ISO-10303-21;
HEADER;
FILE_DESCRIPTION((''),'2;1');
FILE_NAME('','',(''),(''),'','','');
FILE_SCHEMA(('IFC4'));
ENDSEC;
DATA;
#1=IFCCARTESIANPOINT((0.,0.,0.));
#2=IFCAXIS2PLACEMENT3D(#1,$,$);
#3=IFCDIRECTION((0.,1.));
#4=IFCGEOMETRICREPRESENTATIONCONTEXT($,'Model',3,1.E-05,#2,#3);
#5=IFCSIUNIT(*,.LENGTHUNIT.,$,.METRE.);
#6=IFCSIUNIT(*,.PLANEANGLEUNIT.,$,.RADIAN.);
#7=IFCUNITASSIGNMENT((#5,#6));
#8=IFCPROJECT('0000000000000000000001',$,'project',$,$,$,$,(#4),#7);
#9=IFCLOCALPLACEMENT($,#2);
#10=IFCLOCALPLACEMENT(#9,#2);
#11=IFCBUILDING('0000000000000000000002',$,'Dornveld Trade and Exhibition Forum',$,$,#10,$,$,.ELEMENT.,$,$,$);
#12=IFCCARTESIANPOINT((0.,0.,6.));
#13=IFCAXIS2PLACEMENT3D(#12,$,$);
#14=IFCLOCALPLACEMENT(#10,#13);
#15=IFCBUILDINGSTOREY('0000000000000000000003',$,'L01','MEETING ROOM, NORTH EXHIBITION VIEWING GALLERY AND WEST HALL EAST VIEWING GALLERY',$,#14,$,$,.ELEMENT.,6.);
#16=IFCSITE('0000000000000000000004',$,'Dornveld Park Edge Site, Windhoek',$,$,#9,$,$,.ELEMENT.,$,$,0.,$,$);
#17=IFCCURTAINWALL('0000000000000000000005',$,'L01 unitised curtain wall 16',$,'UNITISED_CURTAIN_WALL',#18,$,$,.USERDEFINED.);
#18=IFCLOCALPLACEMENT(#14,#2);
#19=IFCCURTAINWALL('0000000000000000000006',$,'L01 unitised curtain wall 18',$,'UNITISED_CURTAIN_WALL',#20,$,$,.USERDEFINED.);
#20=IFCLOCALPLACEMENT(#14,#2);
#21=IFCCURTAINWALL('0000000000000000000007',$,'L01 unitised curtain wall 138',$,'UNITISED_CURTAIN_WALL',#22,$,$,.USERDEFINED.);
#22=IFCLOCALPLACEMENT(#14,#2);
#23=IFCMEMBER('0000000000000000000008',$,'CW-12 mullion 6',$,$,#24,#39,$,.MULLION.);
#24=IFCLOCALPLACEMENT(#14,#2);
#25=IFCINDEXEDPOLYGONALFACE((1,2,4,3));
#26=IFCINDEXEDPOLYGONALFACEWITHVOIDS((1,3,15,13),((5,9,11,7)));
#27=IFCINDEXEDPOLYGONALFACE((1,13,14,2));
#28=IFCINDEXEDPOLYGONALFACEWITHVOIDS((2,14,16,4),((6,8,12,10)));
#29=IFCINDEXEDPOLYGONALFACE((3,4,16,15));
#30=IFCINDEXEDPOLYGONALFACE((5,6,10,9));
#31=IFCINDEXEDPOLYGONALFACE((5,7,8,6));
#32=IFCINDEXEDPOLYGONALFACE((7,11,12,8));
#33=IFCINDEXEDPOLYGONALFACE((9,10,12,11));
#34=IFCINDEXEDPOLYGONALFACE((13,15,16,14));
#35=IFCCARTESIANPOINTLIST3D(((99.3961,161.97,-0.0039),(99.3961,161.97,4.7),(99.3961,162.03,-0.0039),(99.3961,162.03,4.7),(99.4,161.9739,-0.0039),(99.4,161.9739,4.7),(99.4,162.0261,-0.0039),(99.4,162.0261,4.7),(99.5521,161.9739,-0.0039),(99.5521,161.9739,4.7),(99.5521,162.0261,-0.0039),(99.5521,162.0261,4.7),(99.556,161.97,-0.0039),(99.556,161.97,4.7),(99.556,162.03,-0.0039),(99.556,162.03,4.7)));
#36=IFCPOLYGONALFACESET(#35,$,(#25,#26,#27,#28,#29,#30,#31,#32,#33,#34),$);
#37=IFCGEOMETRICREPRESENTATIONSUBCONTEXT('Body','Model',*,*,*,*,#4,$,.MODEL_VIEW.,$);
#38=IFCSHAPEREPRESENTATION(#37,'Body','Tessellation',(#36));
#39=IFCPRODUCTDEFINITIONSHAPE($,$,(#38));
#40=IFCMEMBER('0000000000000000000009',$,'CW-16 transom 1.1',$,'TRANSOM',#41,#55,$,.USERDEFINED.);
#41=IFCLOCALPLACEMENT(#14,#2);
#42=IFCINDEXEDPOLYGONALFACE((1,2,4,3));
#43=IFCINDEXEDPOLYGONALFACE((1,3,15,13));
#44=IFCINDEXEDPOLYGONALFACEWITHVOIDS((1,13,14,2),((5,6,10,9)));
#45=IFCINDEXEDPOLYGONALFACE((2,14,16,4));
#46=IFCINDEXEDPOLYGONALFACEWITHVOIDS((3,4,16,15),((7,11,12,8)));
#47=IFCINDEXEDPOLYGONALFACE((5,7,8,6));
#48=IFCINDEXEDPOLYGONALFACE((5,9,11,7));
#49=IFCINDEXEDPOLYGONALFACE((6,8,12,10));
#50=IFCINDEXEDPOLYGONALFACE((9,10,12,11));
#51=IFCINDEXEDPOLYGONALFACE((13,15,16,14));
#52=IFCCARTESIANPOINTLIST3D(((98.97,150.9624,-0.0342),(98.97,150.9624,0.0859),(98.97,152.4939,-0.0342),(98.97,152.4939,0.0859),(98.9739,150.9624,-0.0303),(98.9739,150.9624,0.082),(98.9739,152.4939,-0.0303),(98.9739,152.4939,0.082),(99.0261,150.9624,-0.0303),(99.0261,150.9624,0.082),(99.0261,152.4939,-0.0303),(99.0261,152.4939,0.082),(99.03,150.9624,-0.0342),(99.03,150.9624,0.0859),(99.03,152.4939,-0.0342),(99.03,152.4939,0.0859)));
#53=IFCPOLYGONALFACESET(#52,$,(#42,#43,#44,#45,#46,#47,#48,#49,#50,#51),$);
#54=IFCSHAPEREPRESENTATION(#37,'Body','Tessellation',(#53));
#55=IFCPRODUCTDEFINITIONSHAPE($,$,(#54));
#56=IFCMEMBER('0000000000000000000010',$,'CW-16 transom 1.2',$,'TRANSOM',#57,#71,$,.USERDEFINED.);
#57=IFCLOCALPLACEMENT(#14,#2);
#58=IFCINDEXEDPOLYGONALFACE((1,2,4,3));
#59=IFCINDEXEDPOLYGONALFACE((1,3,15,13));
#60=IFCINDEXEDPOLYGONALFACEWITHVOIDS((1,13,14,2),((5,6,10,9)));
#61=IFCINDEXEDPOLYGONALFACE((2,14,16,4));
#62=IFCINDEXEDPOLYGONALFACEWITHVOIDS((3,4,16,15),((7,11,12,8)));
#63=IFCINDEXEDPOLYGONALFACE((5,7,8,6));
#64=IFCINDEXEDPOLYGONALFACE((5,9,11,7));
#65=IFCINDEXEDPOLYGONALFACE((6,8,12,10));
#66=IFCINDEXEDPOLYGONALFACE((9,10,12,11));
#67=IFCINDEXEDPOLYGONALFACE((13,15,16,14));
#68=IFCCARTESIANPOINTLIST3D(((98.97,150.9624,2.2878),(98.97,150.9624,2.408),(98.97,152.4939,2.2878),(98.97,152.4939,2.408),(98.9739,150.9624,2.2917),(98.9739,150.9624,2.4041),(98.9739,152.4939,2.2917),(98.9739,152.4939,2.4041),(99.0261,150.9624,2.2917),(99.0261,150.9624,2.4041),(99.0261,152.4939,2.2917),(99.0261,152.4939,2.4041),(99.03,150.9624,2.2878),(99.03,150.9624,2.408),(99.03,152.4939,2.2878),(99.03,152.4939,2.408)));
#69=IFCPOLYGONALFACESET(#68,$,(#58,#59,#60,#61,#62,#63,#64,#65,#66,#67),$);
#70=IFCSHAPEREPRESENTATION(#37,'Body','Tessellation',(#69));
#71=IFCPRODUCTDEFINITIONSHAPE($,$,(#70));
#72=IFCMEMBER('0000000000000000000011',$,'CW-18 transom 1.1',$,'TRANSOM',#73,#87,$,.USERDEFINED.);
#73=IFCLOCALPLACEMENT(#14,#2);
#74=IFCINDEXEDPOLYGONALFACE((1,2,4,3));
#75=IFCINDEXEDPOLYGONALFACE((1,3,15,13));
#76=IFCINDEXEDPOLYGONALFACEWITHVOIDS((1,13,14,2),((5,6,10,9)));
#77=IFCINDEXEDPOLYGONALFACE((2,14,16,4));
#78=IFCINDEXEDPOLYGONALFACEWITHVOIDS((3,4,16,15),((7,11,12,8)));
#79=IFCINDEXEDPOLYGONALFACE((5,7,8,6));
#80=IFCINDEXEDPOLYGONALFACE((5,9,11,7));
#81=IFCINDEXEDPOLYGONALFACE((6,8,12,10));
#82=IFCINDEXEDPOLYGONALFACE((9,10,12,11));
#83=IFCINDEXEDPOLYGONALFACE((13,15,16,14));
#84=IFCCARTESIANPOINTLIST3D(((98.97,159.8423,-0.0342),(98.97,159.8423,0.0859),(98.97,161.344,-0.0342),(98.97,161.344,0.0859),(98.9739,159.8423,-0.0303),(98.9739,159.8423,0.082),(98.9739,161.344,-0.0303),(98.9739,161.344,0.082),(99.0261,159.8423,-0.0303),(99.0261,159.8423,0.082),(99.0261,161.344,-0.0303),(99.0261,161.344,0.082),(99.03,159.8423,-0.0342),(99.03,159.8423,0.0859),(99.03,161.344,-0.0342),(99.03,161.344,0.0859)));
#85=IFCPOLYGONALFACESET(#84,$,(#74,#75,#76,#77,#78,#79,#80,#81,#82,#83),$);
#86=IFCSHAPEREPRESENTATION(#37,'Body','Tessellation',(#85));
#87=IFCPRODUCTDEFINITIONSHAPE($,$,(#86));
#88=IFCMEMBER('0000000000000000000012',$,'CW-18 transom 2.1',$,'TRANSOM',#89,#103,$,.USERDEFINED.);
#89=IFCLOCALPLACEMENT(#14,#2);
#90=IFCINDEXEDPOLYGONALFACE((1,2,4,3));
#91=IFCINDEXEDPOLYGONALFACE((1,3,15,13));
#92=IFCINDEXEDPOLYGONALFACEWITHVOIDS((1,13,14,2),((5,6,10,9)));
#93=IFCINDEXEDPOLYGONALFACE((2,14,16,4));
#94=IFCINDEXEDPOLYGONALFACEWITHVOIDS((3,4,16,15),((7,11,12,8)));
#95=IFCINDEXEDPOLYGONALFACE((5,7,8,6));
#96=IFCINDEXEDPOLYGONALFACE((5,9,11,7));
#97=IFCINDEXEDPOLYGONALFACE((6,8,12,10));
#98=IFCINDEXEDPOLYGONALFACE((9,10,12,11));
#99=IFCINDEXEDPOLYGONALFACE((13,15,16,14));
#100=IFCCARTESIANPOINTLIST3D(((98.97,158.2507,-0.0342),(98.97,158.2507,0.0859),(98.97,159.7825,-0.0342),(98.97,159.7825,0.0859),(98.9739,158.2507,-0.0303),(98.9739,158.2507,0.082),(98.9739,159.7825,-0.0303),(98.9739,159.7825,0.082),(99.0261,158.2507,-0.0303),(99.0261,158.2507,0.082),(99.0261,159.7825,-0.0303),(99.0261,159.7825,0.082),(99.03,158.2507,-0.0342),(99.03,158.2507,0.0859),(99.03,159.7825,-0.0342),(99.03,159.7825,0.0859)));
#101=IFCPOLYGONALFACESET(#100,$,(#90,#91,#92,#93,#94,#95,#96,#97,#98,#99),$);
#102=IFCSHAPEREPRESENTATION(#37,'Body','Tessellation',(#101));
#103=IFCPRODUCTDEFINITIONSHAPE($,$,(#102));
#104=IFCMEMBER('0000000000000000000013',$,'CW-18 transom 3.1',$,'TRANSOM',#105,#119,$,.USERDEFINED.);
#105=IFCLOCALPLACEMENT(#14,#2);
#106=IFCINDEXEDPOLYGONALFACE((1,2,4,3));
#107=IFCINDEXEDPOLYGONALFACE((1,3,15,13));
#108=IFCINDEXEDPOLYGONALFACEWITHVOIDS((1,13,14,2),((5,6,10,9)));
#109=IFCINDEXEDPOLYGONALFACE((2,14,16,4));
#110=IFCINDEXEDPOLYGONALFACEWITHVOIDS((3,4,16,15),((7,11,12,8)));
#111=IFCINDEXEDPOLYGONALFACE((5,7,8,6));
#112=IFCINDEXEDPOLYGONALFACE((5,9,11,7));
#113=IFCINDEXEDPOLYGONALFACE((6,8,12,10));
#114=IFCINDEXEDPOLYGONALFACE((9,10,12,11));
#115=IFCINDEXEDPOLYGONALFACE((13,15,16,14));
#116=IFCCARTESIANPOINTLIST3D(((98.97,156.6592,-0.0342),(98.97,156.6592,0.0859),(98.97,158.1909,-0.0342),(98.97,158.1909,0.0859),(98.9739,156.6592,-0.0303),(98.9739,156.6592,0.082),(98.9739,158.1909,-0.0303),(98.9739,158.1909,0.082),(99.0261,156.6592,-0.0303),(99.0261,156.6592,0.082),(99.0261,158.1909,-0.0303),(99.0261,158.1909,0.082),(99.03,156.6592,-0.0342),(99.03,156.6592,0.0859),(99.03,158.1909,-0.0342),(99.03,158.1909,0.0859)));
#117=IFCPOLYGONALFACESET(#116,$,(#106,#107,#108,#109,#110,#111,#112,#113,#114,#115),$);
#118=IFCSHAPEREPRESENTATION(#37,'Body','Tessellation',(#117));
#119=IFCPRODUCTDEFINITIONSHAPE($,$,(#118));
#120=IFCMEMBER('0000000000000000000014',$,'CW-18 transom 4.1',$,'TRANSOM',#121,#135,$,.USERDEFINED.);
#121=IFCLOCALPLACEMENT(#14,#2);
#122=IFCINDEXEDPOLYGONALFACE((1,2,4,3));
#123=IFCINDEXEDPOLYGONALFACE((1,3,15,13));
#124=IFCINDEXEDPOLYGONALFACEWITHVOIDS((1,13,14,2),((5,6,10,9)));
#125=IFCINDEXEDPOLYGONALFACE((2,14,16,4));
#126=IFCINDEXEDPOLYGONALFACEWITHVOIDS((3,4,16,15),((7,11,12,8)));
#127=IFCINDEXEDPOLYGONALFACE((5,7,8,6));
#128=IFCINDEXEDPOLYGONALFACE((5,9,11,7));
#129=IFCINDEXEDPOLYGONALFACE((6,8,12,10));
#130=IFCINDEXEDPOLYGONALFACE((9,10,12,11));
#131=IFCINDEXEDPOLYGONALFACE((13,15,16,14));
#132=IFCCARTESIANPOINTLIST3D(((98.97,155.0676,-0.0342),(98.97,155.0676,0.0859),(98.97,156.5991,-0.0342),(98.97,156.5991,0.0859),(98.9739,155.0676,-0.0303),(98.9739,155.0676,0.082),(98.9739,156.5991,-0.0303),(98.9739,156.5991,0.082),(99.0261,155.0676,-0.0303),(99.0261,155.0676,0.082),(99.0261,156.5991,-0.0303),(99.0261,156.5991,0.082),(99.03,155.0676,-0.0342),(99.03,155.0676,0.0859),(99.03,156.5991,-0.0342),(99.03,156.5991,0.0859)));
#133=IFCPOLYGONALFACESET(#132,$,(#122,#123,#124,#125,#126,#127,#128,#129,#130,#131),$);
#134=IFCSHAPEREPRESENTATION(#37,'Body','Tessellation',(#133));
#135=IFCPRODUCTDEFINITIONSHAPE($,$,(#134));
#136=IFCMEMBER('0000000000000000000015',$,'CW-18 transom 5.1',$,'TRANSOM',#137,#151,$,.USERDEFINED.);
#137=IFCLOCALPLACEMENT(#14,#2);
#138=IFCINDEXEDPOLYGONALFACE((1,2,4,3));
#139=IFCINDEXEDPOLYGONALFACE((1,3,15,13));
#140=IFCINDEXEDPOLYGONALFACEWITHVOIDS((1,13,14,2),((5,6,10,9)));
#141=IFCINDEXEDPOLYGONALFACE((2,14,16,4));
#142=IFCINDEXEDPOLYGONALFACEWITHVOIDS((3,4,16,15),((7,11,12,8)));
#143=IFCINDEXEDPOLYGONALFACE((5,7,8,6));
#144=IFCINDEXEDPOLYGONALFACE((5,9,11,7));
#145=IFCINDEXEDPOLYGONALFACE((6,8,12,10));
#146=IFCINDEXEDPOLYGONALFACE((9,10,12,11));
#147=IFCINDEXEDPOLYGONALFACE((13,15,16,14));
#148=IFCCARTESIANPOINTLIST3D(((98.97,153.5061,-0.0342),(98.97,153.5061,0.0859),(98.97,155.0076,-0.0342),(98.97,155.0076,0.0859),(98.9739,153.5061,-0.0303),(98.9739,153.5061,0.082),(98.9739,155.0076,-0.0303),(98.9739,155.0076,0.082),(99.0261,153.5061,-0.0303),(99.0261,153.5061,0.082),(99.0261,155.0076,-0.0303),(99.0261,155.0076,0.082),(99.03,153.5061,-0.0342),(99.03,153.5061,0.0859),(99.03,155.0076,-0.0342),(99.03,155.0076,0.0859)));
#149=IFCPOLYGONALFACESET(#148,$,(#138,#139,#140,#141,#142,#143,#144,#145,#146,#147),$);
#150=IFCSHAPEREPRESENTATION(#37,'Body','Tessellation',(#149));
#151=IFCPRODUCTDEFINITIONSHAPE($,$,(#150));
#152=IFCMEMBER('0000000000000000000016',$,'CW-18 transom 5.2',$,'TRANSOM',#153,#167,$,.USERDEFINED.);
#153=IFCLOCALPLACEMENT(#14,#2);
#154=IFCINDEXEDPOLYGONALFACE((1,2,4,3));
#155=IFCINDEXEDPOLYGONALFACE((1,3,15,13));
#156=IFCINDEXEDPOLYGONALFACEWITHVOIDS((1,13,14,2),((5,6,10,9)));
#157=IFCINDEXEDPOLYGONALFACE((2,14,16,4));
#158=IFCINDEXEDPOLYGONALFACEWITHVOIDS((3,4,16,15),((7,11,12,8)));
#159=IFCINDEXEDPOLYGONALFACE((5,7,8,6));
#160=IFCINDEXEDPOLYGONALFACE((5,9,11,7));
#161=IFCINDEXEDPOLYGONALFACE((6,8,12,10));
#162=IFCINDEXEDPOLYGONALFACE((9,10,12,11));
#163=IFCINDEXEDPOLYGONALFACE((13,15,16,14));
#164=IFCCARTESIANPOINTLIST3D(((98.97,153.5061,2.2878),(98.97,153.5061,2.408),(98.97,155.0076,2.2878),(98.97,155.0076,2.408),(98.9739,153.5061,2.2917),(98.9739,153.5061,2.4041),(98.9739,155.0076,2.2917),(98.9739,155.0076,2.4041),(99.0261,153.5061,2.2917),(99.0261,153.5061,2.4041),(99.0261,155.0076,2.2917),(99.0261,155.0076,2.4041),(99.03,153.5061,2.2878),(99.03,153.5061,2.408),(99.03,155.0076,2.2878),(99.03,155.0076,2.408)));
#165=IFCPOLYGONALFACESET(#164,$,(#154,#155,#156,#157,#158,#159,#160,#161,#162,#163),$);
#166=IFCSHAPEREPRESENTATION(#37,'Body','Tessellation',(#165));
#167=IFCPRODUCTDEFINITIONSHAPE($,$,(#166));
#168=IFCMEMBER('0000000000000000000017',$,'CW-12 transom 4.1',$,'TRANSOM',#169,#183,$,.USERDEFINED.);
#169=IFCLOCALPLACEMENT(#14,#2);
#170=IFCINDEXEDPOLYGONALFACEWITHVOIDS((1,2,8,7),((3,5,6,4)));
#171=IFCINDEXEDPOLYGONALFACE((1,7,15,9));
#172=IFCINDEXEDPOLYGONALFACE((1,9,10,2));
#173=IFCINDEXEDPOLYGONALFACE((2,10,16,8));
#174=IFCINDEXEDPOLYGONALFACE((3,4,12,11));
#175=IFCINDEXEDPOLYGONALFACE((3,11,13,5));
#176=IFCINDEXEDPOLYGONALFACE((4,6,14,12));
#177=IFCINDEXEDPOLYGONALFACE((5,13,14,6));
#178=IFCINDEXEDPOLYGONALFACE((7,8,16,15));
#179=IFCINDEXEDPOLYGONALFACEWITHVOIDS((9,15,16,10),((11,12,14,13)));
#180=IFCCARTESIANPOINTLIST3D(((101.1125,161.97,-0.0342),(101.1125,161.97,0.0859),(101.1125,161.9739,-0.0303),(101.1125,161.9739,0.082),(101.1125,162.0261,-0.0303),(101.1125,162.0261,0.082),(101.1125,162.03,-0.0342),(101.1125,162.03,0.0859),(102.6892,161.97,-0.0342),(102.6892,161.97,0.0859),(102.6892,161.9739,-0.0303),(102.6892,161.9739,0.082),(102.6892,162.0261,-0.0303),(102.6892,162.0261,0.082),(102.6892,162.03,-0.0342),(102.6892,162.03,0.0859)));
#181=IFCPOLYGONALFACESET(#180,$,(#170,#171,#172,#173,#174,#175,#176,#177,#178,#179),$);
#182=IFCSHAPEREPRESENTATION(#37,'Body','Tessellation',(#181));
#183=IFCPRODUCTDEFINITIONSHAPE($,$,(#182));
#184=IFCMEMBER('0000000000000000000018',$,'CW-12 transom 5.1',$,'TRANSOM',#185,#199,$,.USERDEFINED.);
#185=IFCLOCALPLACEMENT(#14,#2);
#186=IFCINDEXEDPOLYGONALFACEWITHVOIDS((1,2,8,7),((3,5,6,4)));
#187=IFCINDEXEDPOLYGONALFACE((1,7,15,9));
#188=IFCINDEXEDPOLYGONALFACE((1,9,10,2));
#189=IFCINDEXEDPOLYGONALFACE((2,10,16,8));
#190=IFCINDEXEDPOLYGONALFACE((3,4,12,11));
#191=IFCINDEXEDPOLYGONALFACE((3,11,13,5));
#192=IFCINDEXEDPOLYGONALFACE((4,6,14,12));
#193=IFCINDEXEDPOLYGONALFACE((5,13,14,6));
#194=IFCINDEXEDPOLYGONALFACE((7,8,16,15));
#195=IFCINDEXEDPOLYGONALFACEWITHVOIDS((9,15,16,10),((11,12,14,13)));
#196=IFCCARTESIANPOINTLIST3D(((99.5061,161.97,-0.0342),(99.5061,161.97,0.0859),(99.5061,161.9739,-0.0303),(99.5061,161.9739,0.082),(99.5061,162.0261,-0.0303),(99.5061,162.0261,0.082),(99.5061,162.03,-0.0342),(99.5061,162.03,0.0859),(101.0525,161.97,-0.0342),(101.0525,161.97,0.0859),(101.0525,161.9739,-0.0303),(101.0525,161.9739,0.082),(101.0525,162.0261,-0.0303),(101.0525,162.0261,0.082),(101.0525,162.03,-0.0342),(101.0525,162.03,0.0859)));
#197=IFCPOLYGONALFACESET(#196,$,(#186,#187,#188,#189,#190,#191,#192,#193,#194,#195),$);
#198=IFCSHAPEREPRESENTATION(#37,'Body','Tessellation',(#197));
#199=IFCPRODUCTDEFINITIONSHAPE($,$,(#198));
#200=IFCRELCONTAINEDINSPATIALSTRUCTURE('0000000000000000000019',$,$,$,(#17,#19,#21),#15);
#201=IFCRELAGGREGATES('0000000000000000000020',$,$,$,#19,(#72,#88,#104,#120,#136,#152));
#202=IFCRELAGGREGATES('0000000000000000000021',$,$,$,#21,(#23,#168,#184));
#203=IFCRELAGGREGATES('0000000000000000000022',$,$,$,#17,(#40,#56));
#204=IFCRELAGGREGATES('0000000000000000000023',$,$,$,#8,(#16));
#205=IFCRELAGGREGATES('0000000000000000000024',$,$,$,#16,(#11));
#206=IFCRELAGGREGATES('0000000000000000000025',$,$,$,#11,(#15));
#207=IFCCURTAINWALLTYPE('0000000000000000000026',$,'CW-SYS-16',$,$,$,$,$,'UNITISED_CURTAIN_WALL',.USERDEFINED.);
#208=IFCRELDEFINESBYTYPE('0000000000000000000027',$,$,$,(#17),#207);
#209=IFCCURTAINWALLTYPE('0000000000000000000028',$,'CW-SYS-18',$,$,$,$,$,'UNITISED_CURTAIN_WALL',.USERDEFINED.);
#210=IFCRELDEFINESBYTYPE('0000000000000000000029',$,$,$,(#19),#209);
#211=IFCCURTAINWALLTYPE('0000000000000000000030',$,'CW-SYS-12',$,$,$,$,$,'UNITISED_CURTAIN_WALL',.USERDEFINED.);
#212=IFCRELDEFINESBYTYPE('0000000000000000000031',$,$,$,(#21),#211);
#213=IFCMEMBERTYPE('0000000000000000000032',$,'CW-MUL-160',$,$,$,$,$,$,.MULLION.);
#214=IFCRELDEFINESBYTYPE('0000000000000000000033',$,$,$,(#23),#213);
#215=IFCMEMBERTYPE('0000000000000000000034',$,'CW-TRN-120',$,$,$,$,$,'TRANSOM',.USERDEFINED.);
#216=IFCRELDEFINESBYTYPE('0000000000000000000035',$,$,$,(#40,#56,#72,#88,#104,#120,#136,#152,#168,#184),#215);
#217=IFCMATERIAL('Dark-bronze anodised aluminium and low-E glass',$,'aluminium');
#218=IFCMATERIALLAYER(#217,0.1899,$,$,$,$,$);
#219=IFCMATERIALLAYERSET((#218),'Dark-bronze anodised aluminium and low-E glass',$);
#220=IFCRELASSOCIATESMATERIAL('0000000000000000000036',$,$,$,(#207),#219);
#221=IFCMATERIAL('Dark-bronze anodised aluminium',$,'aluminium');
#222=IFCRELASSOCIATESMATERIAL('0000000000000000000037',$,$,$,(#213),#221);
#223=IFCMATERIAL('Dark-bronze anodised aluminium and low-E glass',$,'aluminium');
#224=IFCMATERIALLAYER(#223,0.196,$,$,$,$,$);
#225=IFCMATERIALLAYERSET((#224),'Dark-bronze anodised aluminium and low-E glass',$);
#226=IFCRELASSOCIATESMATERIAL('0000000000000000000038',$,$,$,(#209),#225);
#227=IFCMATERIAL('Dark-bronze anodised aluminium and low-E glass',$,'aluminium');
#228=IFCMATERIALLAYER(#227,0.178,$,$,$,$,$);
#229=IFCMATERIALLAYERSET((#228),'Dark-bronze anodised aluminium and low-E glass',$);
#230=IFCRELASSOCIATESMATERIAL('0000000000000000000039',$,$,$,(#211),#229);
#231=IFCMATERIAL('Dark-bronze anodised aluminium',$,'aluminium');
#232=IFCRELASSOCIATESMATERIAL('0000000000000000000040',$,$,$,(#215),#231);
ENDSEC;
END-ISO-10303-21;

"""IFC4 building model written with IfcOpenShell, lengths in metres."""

from ifc_helpers import new_model, si_unit, direction, frame, origin, origin_2d, place, context, subcontext, project, spatial, hollow_rectangle, extrude, material, layer, layer_set, material_profile, profile_set, type_object, element, aggregate, save


model = new_model("IFC4")

# Units and contexts
model_context = context("Model", 3, precision=1e-05, world=origin(), true_north=direction((0.0, 1.0)))
body_context = subcontext(model_context, "Body", "Model", "MODEL_VIEW")
ifc_project = project(units=[si_unit("LENGTHUNIT", "METRE"), si_unit("PLANEANGLEUNIT", "RADIAN")], contexts=[model_context])

# Site, building, storey
site_placement = place(None, origin())
site = spatial("IfcSite", under=ifc_project, at=site_placement, Name="Dornveld Park Edge Site, Windhoek", CompositionType="ELEMENT", RefElevation=0.0)
building_placement = place(site_placement, origin())
building = spatial("IfcBuilding", under=site, at=building_placement, Name="Dornveld Trade and Exhibition Forum", CompositionType="ELEMENT")
storey_placement = place(building_placement, frame((0.0, 0.0, 6.0)))
storey = spatial("IfcBuildingStorey", under=building, at=storey_placement, Name="L01", Description="MEETING ROOM, NORTH EXHIBITION VIEWING GALLERY AND WEST HALL EAST VIEWING GALLERY", CompositionType="ELEMENT", Elevation=6.0)

# Curtain walls, member
ifc_material_1 = material(Name="Dark-bronze anodised aluminium and low-E glass", Category="aluminium")
ifc_layer_1 = layer(ifc_material_1, 0.1899)
ifc_layer_set_1 = layer_set([ifc_layer_1], Name="Dark-bronze anodised aluminium and low-E glass")
curtain_wall_type_1 = type_object("IfcCurtainWallType", Name="CW-SYS-16", ElementType="UNITISED_CURTAIN_WALL", PredefinedType="USERDEFINED", material=ifc_layer_set_1)
curtain_wall_1_placement = place(storey_placement, origin())
curtain_wall_1 = element("IfcCurtainWall", 1, at=curtain_wall_1_placement, inside=storey, type_object=curtain_wall_type_1, Name="L01 unitised curtain wall 16", ObjectType="UNITISED_CURTAIN_WALL", PredefinedType="USERDEFINED")
ifc_material_2 = material(Name="Dark-bronze anodised aluminium", Category="aluminium")
ifc_material_profile_1 = material_profile(ifc_material_2, hollow_rectangle(XDim=0.0601, YDim=0.1599, WallThickness=0.0039, at=origin_2d()), Name="RHS 160x60x4")
ifc_profile_set_1 = profile_set([ifc_material_profile_1], Name="Dark-bronze anodised aluminium")
member_type_1 = type_object("IfcMemberType", Name="CW-MUL-160", PredefinedType="MULLION", material=ifc_profile_set_1)
ifc_material_3 = material(Name="Dark-bronze anodised aluminium and low-E glass", Category="aluminium")
ifc_layer_2 = layer(ifc_material_3, 0.196)
ifc_layer_set_2 = layer_set([ifc_layer_2], Name="Dark-bronze anodised aluminium and low-E glass")
curtain_wall_type_2 = type_object("IfcCurtainWallType", Name="CW-SYS-18", ElementType="UNITISED_CURTAIN_WALL", PredefinedType="USERDEFINED", material=ifc_layer_set_2)
curtain_wall_2_placement = place(storey_placement, origin())
curtain_wall_2 = element("IfcCurtainWall", 2, at=curtain_wall_2_placement, inside=storey, type_object=curtain_wall_type_2, Name="L01 unitised curtain wall 18", ObjectType="UNITISED_CURTAIN_WALL", PredefinedType="USERDEFINED")
ifc_material_4 = material(Name="Dark-bronze anodised aluminium and low-E glass", Category="aluminium")
ifc_layer_3 = layer(ifc_material_4, 0.178)
ifc_layer_set_3 = layer_set([ifc_layer_3], Name="Dark-bronze anodised aluminium and low-E glass")
curtain_wall_type_3 = type_object("IfcCurtainWallType", Name="CW-SYS-12", ElementType="UNITISED_CURTAIN_WALL", PredefinedType="USERDEFINED", material=ifc_layer_set_3)
curtain_wall_3_placement = place(storey_placement, origin())
curtain_wall_3 = element("IfcCurtainWall", 3, at=curtain_wall_3_placement, inside=storey, type_object=curtain_wall_type_3, Name="L01 unitised curtain wall 138", ObjectType="UNITISED_CURTAIN_WALL", PredefinedType="USERDEFINED")
member_1_placement = place(storey_placement, frame((99.4761, 162.0, -0.0039), z_axis=(0.0, 0.0, 1.0), x_axis=(0.0, -1.0, 0.0)))
member_1 = element("IfcMember", 4, at=member_1_placement, type_object=member_type_1, Name="CW-12 mullion 6", PredefinedType="MULLION", context=body_context, shape_type="SweptSolid", body=[
    extrude(hollow_rectangle(XDim=0.0601, YDim=0.1599, WallThickness=0.0039, at=origin_2d()), origin(), (0.0, 0.0, 1.0), 4.7039),
])

# Members
ifc_material_5 = material(Name="Dark-bronze anodised aluminium", Category="aluminium")
ifc_material_profile_2 = material_profile(ifc_material_5, hollow_rectangle(XDim=0.0601, YDim=0.1201, WallThickness=0.0039, at=origin_2d()), Name="RHS 120x60x4")
ifc_profile_set_2 = profile_set([ifc_material_profile_2], Name="Dark-bronze anodised aluminium")
member_type_2 = type_object("IfcMemberType", Name="CW-TRN-120", ElementType="TRANSOM", PredefinedType="USERDEFINED", material=ifc_profile_set_2)
member_2_placement = place(storey_placement, frame((99.0, 152.4939, 0.0259), z_axis=(0.0, -1.0, 0.0), x_axis=(1.0, 0.0, 0.0)))
member_2 = element("IfcMember", 5, at=member_2_placement, type_object=member_type_2, Name="CW-16 transom 1.1", ObjectType="TRANSOM", PredefinedType="USERDEFINED", context=body_context, shape_type="SweptSolid", body=[
    extrude(hollow_rectangle(XDim=0.0601, YDim=0.1201, WallThickness=0.0039, at=origin_2d()), origin(), (0.0, 0.0, 1.0), 1.5315),
])
member_3_placement = place(storey_placement, frame((99.0, 152.4939, 2.3479), z_axis=(0.0, -1.0, 0.0), x_axis=(1.0, 0.0, 0.0)))
member_3 = element("IfcMember", 6, at=member_3_placement, type_object=member_type_2, Name="CW-16 transom 1.2", ObjectType="TRANSOM", PredefinedType="USERDEFINED", context=body_context, shape_type="SweptSolid", body=[
    extrude(hollow_rectangle(XDim=0.0601, YDim=0.1201, WallThickness=0.0039, at=origin_2d()), origin(), (0.0, 0.0, 1.0), 1.5315),
])
member_4_placement = place(storey_placement, frame((99.0, 161.344, 0.0259), z_axis=(0.0, -1.0, 0.0), x_axis=(1.0, 0.0, 0.0)))
member_4 = element("IfcMember", 7, at=member_4_placement, type_object=member_type_2, Name="CW-18 transom 1.1", ObjectType="TRANSOM", PredefinedType="USERDEFINED", context=body_context, shape_type="SweptSolid", body=[
    extrude(hollow_rectangle(XDim=0.0601, YDim=0.1201, WallThickness=0.0039, at=origin_2d()), origin(), (0.0, 0.0, 1.0), 1.5017),
])
member_5_placement = place(storey_placement, frame((99.0, 159.7825, 0.0259), z_axis=(0.0, -1.0, 0.0), x_axis=(1.0, 0.0, 0.0)))
member_5 = element("IfcMember", 8, at=member_5_placement, type_object=member_type_2, Name="CW-18 transom 2.1", ObjectType="TRANSOM", PredefinedType="USERDEFINED", context=body_context, shape_type="SweptSolid", body=[
    extrude(hollow_rectangle(XDim=0.0601, YDim=0.1201, WallThickness=0.0039, at=origin_2d()), origin(), (0.0, 0.0, 1.0), 1.5317),
])
member_6_placement = place(storey_placement, frame((99.0, 158.1909, 0.0259), z_axis=(0.0, -1.0, 0.0), x_axis=(1.0, 0.0, 0.0)))
member_6 = element("IfcMember", 9, at=member_6_placement, type_object=member_type_2, Name="CW-18 transom 3.1", ObjectType="TRANSOM", PredefinedType="USERDEFINED", context=body_context, shape_type="SweptSolid", body=[
    extrude(hollow_rectangle(XDim=0.0601, YDim=0.1201, WallThickness=0.0039, at=origin_2d()), origin(), (0.0, 0.0, 1.0), 1.5317),
])
member_7_placement = place(storey_placement, frame((99.0, 156.5991, 0.0259), z_axis=(0.0, -1.0, 0.0), x_axis=(1.0, 0.0, 0.0)))
member_7 = element("IfcMember", 10, at=member_7_placement, type_object=member_type_2, Name="CW-18 transom 4.1", ObjectType="TRANSOM", PredefinedType="USERDEFINED", context=body_context, shape_type="SweptSolid", body=[
    extrude(hollow_rectangle(XDim=0.0601, YDim=0.1201, WallThickness=0.0039, at=origin_2d()), origin(), (0.0, 0.0, 1.0), 1.5315),
])
member_8_placement = place(storey_placement, frame((99.0, 155.0076, 0.0259), z_axis=(0.0, -1.0, 0.0), x_axis=(1.0, 0.0, 0.0)))
member_8 = element("IfcMember", 11, at=member_8_placement, type_object=member_type_2, Name="CW-18 transom 5.1", ObjectType="TRANSOM", PredefinedType="USERDEFINED", context=body_context, shape_type="SweptSolid", body=[
    extrude(hollow_rectangle(XDim=0.0601, YDim=0.1201, WallThickness=0.0039, at=origin_2d()), origin(), (0.0, 0.0, 1.0), 1.5015),
])
member_9_placement = place(storey_placement, frame((99.0, 155.0076, 2.3479), z_axis=(0.0, -1.0, 0.0), x_axis=(1.0, 0.0, 0.0)))
member_9 = element("IfcMember", 12, at=member_9_placement, type_object=member_type_2, Name="CW-18 transom 5.2", ObjectType="TRANSOM", PredefinedType="USERDEFINED", context=body_context, shape_type="SweptSolid", body=[
    extrude(hollow_rectangle(XDim=0.0601, YDim=0.1201, WallThickness=0.0039, at=origin_2d()), origin(), (0.0, 0.0, 1.0), 1.5015),
])
member_10_placement = place(storey_placement, frame((102.6892, 162.0, 0.0259), z_axis=(-1.0, 0.0, 0.0), x_axis=(0.0, -1.0, 0.0)))
member_10 = element("IfcMember", 13, at=member_10_placement, type_object=member_type_2, Name="CW-12 transom 4.1", ObjectType="TRANSOM", PredefinedType="USERDEFINED", context=body_context, shape_type="SweptSolid", body=[
    extrude(hollow_rectangle(XDim=0.0601, YDim=0.1201, WallThickness=0.0039, at=origin_2d()), origin(), (0.0, 0.0, 1.0), 1.5767),
])
member_11_placement = place(storey_placement, frame((101.0525, 162.0, 0.0259), z_axis=(-1.0, 0.0, 0.0), x_axis=(0.0, -1.0, 0.0)))
member_11 = element("IfcMember", 14, at=member_11_placement, type_object=member_type_2, Name="CW-12 transom 5.1", ObjectType="TRANSOM", PredefinedType="USERDEFINED", context=body_context, shape_type="SweptSolid", body=[
    extrude(hollow_rectangle(XDim=0.0601, YDim=0.1201, WallThickness=0.0039, at=origin_2d()), origin(), (0.0, 0.0, 1.0), 1.5464),
])

aggregate(curtain_wall_2, [member_4, member_5, member_6, member_7, member_8, member_9])
aggregate(curtain_wall_3, [member_1, member_10, member_11])
aggregate(curtain_wall_1, [member_2, member_3])

save(model, "model.ifc")
